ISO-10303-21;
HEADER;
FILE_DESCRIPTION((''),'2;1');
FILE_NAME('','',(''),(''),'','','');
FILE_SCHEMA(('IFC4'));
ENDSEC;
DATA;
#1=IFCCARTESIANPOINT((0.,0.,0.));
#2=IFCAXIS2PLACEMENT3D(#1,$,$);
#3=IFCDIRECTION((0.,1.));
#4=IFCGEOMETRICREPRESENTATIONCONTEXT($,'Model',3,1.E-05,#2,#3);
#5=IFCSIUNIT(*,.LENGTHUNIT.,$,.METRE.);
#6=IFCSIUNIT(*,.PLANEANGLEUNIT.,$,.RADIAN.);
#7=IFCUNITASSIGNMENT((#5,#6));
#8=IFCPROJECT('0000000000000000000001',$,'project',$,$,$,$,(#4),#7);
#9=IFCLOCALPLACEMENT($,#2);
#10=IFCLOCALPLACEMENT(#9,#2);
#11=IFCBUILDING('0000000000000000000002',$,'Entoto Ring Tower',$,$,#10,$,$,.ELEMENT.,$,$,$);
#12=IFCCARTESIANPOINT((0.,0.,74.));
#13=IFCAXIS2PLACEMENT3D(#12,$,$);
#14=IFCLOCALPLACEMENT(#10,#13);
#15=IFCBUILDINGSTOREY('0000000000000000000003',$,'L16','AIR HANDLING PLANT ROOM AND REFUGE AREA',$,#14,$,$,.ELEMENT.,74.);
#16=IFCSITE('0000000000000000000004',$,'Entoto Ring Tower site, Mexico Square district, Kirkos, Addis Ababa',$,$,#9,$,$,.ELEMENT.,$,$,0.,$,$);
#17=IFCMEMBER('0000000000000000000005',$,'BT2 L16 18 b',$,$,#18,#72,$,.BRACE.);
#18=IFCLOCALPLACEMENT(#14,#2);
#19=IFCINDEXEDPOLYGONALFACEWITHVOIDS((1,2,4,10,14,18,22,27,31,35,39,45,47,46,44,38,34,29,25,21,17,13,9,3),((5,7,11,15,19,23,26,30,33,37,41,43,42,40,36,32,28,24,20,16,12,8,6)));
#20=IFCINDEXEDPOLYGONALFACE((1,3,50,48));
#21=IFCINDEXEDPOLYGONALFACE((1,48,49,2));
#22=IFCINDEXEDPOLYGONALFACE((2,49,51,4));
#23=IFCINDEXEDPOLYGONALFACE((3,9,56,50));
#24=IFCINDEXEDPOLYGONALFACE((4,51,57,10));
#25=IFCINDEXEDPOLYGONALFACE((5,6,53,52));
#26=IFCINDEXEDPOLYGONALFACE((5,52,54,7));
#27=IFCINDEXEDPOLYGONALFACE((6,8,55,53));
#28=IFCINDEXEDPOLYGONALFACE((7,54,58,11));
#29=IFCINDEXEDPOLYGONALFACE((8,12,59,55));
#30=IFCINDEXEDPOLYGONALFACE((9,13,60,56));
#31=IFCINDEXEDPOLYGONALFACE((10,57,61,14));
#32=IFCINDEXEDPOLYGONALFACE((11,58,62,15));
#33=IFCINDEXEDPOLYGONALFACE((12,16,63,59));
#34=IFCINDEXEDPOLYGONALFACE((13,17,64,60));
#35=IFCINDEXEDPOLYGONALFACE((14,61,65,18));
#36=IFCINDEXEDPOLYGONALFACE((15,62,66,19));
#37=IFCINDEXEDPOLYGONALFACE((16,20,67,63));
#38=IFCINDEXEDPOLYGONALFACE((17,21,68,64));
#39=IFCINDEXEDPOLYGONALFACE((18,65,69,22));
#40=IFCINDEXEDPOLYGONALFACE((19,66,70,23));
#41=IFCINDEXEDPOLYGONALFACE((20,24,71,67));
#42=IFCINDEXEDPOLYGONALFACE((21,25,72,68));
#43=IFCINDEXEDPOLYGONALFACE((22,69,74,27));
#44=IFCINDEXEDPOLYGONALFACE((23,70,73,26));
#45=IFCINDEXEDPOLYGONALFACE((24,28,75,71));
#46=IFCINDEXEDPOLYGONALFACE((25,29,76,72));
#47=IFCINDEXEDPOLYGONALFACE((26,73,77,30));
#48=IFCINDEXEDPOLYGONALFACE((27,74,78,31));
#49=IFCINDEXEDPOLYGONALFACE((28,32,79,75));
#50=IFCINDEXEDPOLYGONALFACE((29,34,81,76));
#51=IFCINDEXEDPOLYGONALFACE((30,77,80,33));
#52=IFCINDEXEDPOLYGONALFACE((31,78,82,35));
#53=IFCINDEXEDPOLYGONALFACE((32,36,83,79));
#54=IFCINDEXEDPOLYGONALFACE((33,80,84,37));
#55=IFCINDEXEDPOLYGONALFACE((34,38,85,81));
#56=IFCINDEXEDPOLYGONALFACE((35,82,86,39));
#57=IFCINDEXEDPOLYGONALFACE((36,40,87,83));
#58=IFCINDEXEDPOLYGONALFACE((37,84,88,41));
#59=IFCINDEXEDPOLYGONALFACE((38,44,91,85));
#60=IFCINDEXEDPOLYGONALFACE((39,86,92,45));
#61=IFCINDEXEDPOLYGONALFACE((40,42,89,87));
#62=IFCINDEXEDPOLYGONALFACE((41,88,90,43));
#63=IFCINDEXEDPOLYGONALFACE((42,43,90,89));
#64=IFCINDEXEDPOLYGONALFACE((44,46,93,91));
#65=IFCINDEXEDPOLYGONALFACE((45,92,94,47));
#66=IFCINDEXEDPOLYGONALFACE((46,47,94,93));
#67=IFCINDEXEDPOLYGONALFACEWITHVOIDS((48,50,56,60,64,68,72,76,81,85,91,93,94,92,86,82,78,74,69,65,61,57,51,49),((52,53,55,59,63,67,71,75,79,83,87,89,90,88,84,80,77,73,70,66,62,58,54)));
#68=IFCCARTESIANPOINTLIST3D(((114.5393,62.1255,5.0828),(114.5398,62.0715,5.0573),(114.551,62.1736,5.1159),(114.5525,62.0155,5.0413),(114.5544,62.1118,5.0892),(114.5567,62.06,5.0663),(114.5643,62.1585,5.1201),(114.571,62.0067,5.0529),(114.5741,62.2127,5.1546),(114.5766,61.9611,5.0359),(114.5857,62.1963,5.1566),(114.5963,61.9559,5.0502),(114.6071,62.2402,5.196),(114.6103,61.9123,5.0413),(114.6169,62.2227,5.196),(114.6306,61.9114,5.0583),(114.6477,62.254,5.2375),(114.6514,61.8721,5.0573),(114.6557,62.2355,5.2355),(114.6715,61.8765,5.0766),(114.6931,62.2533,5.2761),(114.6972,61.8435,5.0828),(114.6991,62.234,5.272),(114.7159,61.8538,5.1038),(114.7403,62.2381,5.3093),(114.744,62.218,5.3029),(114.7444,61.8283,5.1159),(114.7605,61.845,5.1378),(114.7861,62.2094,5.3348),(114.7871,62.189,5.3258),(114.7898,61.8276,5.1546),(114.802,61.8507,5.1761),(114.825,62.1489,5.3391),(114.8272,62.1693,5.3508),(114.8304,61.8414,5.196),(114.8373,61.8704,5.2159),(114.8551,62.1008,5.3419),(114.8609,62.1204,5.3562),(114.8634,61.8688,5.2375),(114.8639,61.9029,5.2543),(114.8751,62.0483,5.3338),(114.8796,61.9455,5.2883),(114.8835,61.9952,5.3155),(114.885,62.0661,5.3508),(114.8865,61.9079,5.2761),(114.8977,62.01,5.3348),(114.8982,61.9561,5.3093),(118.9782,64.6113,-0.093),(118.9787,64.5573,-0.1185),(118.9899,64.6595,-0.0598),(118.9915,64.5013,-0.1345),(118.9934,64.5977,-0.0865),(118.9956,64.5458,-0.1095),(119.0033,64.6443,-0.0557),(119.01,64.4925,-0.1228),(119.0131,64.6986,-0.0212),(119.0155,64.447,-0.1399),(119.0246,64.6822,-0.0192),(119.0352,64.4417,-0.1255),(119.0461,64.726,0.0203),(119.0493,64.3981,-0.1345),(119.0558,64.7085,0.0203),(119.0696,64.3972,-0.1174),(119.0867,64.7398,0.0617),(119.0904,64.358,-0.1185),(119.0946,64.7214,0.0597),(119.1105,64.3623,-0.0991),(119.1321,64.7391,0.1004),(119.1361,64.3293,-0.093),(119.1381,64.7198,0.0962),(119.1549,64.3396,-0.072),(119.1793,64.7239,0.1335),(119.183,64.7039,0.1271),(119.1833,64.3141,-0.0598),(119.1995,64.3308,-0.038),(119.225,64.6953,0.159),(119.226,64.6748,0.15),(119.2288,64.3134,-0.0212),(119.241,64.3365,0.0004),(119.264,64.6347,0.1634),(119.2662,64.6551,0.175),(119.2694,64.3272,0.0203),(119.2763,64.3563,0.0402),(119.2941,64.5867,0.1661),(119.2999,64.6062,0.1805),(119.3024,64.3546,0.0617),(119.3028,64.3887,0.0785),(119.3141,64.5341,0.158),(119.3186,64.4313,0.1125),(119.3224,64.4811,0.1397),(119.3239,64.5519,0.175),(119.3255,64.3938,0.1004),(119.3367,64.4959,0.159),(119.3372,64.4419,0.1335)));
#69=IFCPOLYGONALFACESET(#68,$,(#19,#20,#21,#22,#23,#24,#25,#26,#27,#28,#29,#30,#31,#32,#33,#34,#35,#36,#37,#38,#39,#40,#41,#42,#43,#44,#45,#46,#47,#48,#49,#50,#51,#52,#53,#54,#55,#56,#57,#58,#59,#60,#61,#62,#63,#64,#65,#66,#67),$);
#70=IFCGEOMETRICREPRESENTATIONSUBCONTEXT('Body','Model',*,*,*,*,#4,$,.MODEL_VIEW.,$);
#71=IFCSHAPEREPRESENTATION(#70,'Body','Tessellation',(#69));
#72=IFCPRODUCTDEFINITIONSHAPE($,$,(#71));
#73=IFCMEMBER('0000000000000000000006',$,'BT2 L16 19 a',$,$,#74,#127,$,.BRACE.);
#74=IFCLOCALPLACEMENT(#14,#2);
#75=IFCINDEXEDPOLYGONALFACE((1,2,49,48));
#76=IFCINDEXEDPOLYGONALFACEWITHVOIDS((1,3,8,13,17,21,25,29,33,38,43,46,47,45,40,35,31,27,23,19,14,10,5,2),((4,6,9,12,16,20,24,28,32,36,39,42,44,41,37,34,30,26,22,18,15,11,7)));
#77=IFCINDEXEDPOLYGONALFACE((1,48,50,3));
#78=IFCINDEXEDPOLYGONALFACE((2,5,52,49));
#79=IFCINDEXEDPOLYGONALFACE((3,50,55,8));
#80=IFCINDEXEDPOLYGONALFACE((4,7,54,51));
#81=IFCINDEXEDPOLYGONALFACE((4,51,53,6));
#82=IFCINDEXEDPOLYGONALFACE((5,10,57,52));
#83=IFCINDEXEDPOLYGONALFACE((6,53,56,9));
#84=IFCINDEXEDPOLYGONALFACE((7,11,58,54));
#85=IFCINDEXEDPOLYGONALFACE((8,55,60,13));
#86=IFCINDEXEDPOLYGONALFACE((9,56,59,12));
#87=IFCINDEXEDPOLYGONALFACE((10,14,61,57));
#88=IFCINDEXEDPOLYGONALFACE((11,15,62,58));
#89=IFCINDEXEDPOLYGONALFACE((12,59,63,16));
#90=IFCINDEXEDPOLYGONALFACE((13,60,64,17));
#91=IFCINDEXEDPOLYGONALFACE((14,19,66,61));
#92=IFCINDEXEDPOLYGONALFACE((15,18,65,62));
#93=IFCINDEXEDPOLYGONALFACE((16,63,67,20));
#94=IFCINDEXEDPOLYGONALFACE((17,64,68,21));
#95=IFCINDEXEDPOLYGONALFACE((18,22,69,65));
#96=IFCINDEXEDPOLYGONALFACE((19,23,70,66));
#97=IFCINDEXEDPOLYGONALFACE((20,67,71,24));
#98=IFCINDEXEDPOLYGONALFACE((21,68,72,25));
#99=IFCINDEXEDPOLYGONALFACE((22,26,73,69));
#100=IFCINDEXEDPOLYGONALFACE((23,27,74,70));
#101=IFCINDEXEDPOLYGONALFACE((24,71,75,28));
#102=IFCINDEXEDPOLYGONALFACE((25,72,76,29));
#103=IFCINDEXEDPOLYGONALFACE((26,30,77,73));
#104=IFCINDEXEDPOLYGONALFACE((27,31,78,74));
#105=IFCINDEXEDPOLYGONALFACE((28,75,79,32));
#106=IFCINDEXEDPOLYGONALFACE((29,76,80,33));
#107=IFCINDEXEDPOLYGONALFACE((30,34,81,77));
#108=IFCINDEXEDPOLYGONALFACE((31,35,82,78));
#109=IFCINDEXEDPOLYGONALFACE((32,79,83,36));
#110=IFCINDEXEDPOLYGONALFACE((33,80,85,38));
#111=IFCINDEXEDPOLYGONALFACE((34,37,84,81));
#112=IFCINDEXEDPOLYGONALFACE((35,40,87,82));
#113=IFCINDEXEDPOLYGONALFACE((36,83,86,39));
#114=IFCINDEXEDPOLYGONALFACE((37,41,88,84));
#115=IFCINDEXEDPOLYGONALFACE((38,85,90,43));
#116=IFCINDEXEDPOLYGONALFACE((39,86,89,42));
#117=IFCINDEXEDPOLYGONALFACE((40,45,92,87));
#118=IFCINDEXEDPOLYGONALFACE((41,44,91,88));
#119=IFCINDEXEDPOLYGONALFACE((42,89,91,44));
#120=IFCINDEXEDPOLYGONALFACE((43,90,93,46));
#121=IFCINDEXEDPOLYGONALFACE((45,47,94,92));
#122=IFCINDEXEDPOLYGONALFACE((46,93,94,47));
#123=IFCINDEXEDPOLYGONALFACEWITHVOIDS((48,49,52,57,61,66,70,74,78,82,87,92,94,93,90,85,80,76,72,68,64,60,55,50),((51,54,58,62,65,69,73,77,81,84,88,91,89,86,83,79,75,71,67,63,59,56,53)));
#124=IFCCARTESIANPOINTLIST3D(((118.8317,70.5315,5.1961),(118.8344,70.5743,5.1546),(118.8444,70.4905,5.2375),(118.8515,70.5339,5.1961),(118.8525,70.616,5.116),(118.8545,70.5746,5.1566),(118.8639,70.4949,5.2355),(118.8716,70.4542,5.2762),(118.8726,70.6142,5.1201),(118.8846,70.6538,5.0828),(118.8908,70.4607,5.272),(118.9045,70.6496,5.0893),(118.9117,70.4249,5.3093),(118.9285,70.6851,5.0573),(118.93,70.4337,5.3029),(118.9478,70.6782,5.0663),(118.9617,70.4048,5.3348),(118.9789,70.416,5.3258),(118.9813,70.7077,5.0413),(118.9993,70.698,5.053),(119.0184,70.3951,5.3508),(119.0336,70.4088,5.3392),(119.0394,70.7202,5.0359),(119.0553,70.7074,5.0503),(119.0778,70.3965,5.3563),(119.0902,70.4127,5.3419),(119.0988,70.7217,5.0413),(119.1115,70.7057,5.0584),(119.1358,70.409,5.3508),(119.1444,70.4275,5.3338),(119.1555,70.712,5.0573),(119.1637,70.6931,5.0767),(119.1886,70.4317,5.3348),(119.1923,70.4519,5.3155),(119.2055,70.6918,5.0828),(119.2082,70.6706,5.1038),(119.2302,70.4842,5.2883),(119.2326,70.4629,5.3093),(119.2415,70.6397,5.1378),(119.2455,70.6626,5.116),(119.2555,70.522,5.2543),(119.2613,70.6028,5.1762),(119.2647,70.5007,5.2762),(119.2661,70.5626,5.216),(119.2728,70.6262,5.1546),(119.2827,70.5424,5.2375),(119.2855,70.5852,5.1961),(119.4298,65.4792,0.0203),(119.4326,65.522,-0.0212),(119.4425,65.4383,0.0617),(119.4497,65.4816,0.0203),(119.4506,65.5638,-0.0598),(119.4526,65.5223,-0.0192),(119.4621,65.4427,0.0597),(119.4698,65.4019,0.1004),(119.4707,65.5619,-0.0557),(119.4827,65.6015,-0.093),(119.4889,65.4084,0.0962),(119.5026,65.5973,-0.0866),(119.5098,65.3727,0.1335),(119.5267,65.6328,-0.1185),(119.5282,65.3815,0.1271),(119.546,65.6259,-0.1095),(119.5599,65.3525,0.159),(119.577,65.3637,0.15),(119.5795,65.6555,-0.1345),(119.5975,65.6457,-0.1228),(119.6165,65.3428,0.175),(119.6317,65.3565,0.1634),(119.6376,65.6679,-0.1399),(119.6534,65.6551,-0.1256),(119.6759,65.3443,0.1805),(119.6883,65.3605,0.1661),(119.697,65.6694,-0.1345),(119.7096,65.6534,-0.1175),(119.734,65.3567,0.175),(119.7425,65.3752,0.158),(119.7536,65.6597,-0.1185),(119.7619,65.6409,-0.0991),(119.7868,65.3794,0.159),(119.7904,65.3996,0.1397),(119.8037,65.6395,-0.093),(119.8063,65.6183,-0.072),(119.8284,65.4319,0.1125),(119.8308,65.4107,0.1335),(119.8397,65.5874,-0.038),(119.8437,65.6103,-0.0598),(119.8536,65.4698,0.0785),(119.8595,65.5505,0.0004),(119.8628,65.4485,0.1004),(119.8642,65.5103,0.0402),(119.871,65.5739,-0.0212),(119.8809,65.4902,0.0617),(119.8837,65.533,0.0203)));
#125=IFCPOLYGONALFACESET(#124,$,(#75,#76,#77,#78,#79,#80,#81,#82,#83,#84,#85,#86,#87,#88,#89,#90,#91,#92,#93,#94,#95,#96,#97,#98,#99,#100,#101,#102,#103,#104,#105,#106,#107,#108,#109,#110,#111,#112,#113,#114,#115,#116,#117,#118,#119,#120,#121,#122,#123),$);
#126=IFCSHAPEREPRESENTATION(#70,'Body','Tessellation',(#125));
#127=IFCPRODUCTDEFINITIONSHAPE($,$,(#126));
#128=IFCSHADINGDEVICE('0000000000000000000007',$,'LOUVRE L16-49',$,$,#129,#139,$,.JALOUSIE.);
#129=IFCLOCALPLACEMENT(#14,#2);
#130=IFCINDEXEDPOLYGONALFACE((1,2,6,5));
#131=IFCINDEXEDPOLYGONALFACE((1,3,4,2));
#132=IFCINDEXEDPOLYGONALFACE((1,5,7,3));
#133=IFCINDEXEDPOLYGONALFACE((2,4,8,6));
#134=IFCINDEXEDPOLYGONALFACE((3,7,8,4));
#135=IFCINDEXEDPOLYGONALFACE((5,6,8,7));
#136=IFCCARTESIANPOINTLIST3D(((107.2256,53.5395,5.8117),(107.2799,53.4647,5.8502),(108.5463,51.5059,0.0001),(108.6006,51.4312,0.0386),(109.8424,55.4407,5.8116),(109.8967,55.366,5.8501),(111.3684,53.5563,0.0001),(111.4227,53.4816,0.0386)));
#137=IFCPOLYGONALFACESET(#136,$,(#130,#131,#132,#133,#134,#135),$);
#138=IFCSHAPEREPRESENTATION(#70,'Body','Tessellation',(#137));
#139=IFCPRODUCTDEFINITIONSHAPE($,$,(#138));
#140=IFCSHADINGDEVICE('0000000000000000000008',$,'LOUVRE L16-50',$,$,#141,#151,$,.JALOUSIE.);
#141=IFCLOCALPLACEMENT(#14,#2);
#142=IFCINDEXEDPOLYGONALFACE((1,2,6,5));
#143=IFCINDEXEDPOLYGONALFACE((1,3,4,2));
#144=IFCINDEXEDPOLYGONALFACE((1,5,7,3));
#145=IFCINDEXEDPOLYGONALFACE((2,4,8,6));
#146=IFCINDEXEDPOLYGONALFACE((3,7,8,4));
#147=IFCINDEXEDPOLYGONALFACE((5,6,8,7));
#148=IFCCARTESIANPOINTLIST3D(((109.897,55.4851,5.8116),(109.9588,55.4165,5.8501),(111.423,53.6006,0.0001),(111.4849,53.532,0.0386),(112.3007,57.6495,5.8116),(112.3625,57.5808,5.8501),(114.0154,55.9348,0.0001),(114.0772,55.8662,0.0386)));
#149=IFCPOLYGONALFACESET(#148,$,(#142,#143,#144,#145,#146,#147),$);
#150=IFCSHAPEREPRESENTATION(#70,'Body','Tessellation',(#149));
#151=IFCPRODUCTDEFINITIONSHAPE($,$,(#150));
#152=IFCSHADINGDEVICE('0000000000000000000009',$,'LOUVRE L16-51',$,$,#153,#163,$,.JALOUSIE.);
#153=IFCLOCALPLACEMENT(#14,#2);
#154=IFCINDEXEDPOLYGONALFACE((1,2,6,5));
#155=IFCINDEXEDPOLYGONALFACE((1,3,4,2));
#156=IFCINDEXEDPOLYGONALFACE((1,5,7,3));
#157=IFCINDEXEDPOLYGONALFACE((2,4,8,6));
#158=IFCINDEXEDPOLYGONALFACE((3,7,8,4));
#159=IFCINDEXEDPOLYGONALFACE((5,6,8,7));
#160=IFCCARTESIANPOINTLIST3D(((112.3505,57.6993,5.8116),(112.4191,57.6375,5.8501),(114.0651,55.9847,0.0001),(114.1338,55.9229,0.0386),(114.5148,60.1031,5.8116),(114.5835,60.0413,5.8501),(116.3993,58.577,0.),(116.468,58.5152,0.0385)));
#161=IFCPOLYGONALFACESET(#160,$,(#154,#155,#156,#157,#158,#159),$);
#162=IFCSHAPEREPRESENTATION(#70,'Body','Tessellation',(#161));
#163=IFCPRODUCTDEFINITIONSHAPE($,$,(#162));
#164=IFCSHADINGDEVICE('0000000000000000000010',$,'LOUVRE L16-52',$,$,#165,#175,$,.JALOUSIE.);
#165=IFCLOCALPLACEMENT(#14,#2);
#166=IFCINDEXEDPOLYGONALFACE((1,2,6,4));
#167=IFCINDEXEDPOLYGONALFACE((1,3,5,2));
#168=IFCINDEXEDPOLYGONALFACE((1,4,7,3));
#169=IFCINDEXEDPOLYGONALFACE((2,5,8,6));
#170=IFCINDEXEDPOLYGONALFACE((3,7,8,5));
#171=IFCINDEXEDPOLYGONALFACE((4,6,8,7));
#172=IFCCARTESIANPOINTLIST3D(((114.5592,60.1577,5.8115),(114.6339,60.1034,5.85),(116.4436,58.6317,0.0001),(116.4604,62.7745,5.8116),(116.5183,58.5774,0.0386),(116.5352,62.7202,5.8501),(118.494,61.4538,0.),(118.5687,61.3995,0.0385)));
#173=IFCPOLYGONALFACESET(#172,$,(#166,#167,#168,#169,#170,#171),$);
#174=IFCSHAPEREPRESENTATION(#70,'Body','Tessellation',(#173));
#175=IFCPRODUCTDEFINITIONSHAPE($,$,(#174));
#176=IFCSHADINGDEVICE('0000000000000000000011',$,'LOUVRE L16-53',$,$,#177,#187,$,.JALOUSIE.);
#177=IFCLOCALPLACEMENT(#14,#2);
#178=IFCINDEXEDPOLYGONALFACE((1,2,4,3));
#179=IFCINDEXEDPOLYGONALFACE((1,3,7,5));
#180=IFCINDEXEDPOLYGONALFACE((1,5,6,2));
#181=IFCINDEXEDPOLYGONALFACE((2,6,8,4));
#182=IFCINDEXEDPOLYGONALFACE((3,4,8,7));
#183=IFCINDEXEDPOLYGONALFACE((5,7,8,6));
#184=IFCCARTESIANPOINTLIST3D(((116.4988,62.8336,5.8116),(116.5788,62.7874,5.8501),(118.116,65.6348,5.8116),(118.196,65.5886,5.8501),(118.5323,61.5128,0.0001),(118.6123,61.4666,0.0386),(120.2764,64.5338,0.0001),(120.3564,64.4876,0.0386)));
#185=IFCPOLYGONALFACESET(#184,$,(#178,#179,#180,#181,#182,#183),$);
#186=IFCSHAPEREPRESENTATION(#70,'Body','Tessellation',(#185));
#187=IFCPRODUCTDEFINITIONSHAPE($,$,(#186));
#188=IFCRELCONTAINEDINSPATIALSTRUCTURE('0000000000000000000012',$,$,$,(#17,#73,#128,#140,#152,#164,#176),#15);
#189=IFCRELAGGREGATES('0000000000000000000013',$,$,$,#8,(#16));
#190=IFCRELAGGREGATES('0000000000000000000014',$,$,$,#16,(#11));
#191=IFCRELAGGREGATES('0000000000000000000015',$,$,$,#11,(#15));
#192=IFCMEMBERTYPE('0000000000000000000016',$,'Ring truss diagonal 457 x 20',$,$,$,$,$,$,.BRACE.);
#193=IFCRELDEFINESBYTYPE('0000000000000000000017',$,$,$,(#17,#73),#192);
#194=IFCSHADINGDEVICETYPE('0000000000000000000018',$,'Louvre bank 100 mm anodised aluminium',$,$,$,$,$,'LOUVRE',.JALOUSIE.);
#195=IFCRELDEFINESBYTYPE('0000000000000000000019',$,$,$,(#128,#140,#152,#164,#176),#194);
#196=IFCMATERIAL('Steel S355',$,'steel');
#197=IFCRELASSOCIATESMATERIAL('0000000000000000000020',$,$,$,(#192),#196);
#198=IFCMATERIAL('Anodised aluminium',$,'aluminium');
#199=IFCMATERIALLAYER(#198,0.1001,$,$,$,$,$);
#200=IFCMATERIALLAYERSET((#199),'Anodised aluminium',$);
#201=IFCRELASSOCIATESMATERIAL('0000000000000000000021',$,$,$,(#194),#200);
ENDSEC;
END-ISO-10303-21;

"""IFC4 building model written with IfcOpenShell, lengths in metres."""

from ifc_helpers import new_model, si_unit, direction, frame, origin, origin_2d, place, context, subcontext, project, spatial, polyline, circle, hollow_circle, outline, extrude, material, layer, layer_set, material_profile, profile_set, type_object, element, save


model = new_model("IFC4")

# Units and contexts
model_context = context("Model", 3, precision=1e-05, world=origin(), true_north=direction((0.0, 1.0)))
body_context = subcontext(model_context, "Body", "Model", "MODEL_VIEW")
ifc_project = project(units=[si_unit("LENGTHUNIT", "METRE"), si_unit("PLANEANGLEUNIT", "RADIAN")], contexts=[model_context])

# Site, building, storey
site_placement = place(None, origin())
site = spatial("IfcSite", under=ifc_project, at=site_placement, Name="Entoto Ring Tower site, Mexico Square district, Kirkos, Addis Ababa", CompositionType="ELEMENT", RefElevation=0.0)
building_placement = place(site_placement, origin())
building = spatial("IfcBuilding", under=site, at=building_placement, Name="Entoto Ring Tower", CompositionType="ELEMENT")
storey_placement = place(building_placement, frame((0.0, 0.0, 74.0)))
storey = spatial("IfcBuildingStorey", under=building, at=storey_placement, Name="L16", Description="AIR HANDLING PLANT ROOM AND REFUGE AREA", CompositionType="ELEMENT", Elevation=74.0)

# Members
ifc_material_1 = material(Name="Steel S355", Category="steel")
ifc_material_profile_1 = material_profile(ifc_material_1, hollow_circle(Radius=0.2285, WallThickness=0.02, at=origin_2d()), Name="CHS 457 x 20")
ifc_material_2 = material(Name="Concrete C60/75", Category="concrete")
ifc_material_profile_2 = material_profile(ifc_material_2, circle(Radius=0.2085, at=origin_2d()), Name="Concrete C60/75 infill")
ifc_profile_set_1 = profile_set([ifc_material_profile_1, ifc_material_profile_2], Name="Steel S355")
member_type_1 = type_object("IfcMemberType", Name="Ring truss diagonal 457 x 20", PredefinedType="BRACE", material=ifc_profile_set_1)
for number, where, z_axis, x_axis, name in (
    (1, (114.7188, 62.0408, 5.196), (0.611631, 0.342516, -0.713155), (-0.488606, 0.872504, 0.0), "BT2 L16 18 b"),
    (2, (119.6567, 65.5061, 0.0203), (-0.082417, 0.696139, 0.713161), (-0.993065, -0.117571, 0.0), "BT2 L16 19 a"),
):
    element("IfcMember", number, at=place(storey_placement, frame(where, z_axis=z_axis, x_axis=x_axis)), inside=storey, type_object=member_type_1, Name=name, PredefinedType="BRACE", context=body_context, shape_type="SweptSolid", body=[
        extrude(hollow_circle(Radius=0.2285, WallThickness=0.02, at=origin_2d()), origin(), (0.0, 0.0, 1.0), 7.2576),
    ])

# Shading devices
ifc_material_3 = material(Name="Anodised aluminium", Category="aluminium")
ifc_layer_1 = layer(ifc_material_3, 0.1001)
ifc_layer_set_1 = layer_set([ifc_layer_1], Name="Anodised aluminium")
shading_device_type = type_object("IfcShadingDeviceType", Name="Louvre bank 100 mm anodised aluminium", ElementType="LOUVRE", PredefinedType="JALOUSIE", material=ifc_layer_set_1)
shading_device_1_placement = place(storey_placement, frame((108.6006, 51.4312, 0.0386), z_axis=(0.542573, -0.746783, 0.384616), x_axis=(0.809011, 0.587793, 0.000017)))
element("IfcShadingDevice", 3, at=shading_device_1_placement, inside=storey, type_object=shading_device_type, Name="LOUVRE L16-49", PredefinedType="JALOUSIE", context=body_context, shape_type="SweptSolid", body=[
    extrude(outline(polyline([(0.0, 0.0), (3.4883, 0.0), (3.3615, 6.2958), (0.1269, 6.2959), (0.0, 0.0)])), origin(), (0.0, 0.0, -1.0), 0.1001),
])
shading_device_2_placement = place(storey_placement, frame((111.4849, 53.532, 0.0386), z_axis=(0.617658, -0.685973, 0.384629), x_axis=(0.74314, 0.669136, 0.000008)))
element("IfcShadingDevice", 4, at=shading_device_2_placement, inside=storey, type_object=shading_device_type, Name="LOUVRE L16-50", PredefinedType="JALOUSIE", context=body_context, shape_type="SweptSolid", body=[
    extrude(outline(polyline([(0.0, 0.0), (3.4883, 0.0), (3.3615, 6.2958), (0.1269, 6.2959), (0.0, 0.0)])), origin(), (0.0, 0.0, -1.0), 0.1001),
])
shading_device_3_placement = place(storey_placement, frame((114.1338, 55.9229, 0.0386), z_axis=(0.685973, -0.617658, 0.384629), x_axis=(0.669136, 0.74314, -0.000008)))
element("IfcShadingDevice", 5, at=shading_device_3_placement, inside=storey, type_object=shading_device_type, Name="LOUVRE L16-51", PredefinedType="JALOUSIE", context=body_context, shape_type="SweptSolid", body=[
    extrude(outline(polyline([(0.0, 0.0), (3.4883, 0.0), (3.3614, 6.2959), (0.1268, 6.2958), (0.0, 0.0)])), origin(), (0.0, 0.0, -1.0), 0.1001),
])
shading_device_4_placement = place(storey_placement, frame((116.5183, 58.5774, 0.0386), z_axis=(0.746783, -0.542573, 0.384616), x_axis=(0.587793, 0.809011, -0.000017)))
element("IfcShadingDevice", 6, at=shading_device_4_placement, inside=storey, type_object=shading_device_type, Name="LOUVRE L16-52", PredefinedType="JALOUSIE", context=body_context, shape_type="SweptSolid", body=[
    extrude(outline(polyline([(0.0, 0.0), (3.4883, 0.0), (3.3614, 6.2959), (0.1268, 6.2958), (0.0, 0.0)])), origin(), (0.0, 0.0, -1.0), 0.1001),
])
shading_device_5_placement = place(storey_placement, frame((118.6123, 61.4666, 0.0386), z_axis=(0.799418, -0.461522, 0.384614), x_axis=(0.499984, 0.866035, -0.000004)))
element("IfcShadingDevice", 7, at=shading_device_5_placement, inside=storey, type_object=shading_device_type, Name="LOUVRE L16-53", PredefinedType="JALOUSIE", context=body_context, shape_type="SweptSolid", body=[
    extrude(outline(polyline([(0.0, 0.0), (3.4883, 0.0), (3.3617, 6.2958), (0.1271, 6.2958), (0.0, 0.0)])), origin(), (0.0, 0.0, -1.0), 0.1001),
])

save(model, "model.ifc")
